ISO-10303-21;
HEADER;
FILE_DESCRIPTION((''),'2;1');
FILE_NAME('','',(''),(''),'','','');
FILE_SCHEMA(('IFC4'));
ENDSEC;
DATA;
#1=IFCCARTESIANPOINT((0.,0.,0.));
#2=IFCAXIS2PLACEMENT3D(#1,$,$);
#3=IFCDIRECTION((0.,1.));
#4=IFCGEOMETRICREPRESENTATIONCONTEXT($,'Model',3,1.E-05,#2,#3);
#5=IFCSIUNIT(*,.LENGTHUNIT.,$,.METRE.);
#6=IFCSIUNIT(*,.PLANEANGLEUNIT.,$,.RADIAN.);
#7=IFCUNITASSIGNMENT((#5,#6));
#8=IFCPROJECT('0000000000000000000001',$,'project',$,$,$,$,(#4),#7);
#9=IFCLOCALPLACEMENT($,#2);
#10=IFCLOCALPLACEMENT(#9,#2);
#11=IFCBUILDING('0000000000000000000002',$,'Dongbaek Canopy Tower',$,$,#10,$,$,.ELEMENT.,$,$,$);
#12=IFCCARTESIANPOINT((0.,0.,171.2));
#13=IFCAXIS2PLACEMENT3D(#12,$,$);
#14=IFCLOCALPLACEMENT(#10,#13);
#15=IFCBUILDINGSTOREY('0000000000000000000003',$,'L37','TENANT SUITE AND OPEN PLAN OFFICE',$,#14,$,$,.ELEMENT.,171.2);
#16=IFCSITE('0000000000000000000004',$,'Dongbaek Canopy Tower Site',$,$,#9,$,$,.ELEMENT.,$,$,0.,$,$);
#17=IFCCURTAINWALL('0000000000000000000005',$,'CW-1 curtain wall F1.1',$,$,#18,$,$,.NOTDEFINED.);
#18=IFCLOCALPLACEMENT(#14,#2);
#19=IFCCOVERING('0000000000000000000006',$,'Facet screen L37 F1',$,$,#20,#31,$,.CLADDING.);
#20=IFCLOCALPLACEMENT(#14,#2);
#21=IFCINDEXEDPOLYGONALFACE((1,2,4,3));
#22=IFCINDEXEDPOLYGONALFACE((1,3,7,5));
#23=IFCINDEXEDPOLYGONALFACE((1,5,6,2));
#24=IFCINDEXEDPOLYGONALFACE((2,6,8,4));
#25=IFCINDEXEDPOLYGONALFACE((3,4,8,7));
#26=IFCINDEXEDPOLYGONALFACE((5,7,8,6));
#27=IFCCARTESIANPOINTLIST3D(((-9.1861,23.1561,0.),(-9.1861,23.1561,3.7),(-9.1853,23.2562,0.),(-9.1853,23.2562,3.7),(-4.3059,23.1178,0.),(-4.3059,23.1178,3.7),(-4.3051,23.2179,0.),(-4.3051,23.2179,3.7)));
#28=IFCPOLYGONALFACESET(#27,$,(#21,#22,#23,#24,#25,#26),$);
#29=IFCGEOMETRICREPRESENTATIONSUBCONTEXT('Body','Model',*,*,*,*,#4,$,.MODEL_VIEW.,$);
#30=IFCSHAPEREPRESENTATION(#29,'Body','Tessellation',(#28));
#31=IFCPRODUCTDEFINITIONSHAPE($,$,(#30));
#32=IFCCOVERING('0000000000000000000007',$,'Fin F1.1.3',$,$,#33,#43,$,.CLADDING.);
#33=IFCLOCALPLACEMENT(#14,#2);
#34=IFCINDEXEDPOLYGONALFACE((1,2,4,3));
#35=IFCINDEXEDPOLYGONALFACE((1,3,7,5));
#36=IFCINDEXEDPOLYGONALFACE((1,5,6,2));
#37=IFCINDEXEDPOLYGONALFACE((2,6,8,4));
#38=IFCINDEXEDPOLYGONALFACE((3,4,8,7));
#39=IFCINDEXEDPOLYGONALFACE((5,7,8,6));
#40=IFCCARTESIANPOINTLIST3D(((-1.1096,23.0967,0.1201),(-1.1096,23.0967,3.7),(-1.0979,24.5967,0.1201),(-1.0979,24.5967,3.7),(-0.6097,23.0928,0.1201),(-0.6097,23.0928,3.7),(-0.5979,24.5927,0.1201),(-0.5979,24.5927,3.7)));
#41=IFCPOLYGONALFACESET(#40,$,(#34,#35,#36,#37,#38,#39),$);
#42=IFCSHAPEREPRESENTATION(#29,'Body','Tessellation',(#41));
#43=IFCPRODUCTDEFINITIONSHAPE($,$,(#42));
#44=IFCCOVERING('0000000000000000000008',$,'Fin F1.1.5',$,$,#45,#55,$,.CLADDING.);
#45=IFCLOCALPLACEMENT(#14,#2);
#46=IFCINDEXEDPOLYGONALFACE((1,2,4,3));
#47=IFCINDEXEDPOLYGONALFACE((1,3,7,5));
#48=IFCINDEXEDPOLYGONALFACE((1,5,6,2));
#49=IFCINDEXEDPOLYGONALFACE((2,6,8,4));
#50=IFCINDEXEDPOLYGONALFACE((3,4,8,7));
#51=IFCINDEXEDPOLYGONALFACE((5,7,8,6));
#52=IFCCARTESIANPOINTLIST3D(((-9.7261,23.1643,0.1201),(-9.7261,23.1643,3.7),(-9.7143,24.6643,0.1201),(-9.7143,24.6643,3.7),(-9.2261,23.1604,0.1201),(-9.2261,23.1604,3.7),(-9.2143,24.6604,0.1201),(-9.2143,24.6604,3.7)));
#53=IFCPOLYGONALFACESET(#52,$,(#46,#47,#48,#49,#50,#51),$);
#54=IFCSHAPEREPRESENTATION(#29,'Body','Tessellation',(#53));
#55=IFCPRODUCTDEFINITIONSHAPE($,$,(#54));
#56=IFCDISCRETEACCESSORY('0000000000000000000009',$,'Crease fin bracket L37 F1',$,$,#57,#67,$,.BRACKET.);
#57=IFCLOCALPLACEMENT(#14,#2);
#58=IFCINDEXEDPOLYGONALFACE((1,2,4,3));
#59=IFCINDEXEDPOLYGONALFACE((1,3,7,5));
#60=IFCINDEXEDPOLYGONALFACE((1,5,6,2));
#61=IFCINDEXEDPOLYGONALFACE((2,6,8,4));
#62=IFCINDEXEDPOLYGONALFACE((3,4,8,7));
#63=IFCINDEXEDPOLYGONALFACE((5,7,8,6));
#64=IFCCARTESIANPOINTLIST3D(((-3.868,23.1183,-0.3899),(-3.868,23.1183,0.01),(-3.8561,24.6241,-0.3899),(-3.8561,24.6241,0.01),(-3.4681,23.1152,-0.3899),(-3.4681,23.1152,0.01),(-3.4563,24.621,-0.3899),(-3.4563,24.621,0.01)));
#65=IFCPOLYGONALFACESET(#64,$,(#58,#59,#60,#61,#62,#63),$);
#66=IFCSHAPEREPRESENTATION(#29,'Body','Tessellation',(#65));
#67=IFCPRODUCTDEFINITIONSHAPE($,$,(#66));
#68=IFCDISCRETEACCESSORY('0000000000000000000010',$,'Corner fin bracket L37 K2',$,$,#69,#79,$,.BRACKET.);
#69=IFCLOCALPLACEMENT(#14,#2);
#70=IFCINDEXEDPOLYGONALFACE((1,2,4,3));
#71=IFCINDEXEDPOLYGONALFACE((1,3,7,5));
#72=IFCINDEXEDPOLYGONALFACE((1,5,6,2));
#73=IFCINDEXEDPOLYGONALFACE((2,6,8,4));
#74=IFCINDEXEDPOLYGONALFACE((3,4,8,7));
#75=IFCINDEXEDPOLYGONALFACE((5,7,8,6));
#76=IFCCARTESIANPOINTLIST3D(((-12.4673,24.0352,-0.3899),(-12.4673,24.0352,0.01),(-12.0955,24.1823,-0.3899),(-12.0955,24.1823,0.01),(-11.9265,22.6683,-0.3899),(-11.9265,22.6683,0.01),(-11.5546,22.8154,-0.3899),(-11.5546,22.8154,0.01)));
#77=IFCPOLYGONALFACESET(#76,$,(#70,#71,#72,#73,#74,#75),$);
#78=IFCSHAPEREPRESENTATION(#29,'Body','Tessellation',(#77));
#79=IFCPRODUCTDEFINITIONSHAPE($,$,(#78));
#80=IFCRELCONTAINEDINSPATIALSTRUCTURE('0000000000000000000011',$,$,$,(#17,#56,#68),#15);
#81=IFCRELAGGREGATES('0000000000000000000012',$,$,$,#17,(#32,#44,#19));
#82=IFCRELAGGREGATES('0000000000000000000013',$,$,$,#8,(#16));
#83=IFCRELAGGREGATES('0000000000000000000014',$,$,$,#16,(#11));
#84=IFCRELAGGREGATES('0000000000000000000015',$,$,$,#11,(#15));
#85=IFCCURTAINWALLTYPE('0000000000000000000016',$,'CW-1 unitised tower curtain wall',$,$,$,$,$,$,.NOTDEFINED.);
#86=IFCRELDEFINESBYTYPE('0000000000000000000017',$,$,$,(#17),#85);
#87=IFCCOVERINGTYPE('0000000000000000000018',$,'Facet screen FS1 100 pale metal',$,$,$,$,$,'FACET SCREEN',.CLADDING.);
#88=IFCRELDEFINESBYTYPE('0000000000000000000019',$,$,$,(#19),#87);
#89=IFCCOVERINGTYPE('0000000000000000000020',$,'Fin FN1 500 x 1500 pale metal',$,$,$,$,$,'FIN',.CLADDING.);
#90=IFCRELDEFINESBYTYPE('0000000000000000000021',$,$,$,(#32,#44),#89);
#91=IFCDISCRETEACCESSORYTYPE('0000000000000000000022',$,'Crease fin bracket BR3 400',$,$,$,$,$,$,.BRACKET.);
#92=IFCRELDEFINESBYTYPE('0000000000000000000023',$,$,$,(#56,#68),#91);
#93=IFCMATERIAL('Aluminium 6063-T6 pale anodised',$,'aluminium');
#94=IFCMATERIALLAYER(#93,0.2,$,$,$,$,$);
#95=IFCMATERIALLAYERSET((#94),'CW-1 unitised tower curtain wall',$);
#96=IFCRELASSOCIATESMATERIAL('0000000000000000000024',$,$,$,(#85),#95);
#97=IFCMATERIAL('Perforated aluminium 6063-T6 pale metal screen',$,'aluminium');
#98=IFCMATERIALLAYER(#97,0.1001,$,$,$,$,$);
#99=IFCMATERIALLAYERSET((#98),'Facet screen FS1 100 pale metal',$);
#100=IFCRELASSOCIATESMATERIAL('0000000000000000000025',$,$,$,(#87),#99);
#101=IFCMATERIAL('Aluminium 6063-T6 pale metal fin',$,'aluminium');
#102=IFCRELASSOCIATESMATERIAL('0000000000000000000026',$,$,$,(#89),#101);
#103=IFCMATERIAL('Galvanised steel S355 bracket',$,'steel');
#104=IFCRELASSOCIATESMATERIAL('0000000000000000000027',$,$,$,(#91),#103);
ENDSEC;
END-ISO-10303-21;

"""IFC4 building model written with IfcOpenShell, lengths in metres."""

from ifc_helpers import new_model, si_unit, direction, frame, origin, origin_2d, place, context, subcontext, project, spatial, rectangle, extrude, material, layer, layer_set, material_profile, profile_set, type_object, element, aggregate, save


model = new_model("IFC4")

# Units and contexts
model_context = context("Model", 3, precision=1e-05, world=origin(), true_north=direction((0.0, 1.0)))
body_context = subcontext(model_context, "Body", "Model", "MODEL_VIEW")
ifc_project = project(units=[si_unit("LENGTHUNIT", "METRE"), si_unit("PLANEANGLEUNIT", "RADIAN")], contexts=[model_context])

# Site, building, storey
site_placement = place(None, origin())
site = spatial("IfcSite", under=ifc_project, at=site_placement, Name="Dongbaek Canopy Tower Site", CompositionType="ELEMENT", RefElevation=0.0)
building_placement = place(site_placement, origin())
building = spatial("IfcBuilding", under=site, at=building_placement, Name="Dongbaek Canopy Tower", CompositionType="ELEMENT")
storey_placement = place(building_placement, frame((0.0, 0.0, 171.2)))
storey = spatial("IfcBuildingStorey", under=building, at=storey_placement, Name="L37", Description="TENANT SUITE AND OPEN PLAN OFFICE", CompositionType="ELEMENT", Elevation=171.2)

# Curtain wall
ifc_material_1 = material(Name="Aluminium 6063-T6 pale anodised", Category="aluminium")
ifc_layer_1 = layer(ifc_material_1, 0.2)
ifc_layer_set_1 = layer_set([ifc_layer_1], Name="CW-1 unitised tower curtain wall")
curtain_wall_type = type_object("IfcCurtainWallType", Name="CW-1 unitised tower curtain wall", PredefinedType="NOTDEFINED", material=ifc_layer_set_1)
curtain_wall_1_placement = place(storey_placement, origin())
curtain_wall_1 = element("IfcCurtainWall", 1, at=curtain_wall_1_placement, inside=storey, type_object=curtain_wall_type, Name="CW-1 curtain wall F1.1", PredefinedType="NOTDEFINED")

# Coverings
ifc_material_2 = material(Name="Perforated aluminium 6063-T6 pale metal screen", Category="aluminium")
ifc_layer_2 = layer(ifc_material_2, 0.1001)
ifc_layer_set_2 = layer_set([ifc_layer_2], Name="Facet screen FS1 100 pale metal")
covering_type_1 = type_object("IfcCoveringType", Name="Facet screen FS1 100 pale metal", ElementType="FACET SCREEN", PredefinedType="CLADDING", material=ifc_layer_set_2)
covering_1_placement = place(storey_placement, frame((-6.7456, 23.187, 0.0), z_axis=(0.0, 0.0, 1.0), x_axis=(-0.999969, 0.007847, 0.0)))
covering_1 = element("IfcCovering", 2, at=covering_1_placement, type_object=covering_type_1, Name="Facet screen L37 F1", PredefinedType="CLADDING", context=body_context, shape_type="SweptSolid", body=[
    extrude(rectangle(XDim=4.8804, YDim=0.1001, at=origin_2d()), origin(), (0.0, 0.0, 1.0), 3.7),
])
ifc_material_3 = material(Name="Aluminium 6063-T6 pale metal fin", Category="aluminium")
ifc_material_profile_1 = material_profile(ifc_material_3, rectangle(XDim=1.5, YDim=0.5, at=origin_2d()), Name="Fin FN1 500 x 1500 pale metal")
ifc_profile_set_1 = profile_set([ifc_material_profile_1], Name="Aluminium 6063-T6 pale metal fin")
covering_type_2 = type_object("IfcCoveringType", Name="Fin FN1 500 x 1500 pale metal", ElementType="FIN", PredefinedType="CLADDING", material=ifc_profile_set_1)
covering_2_placement = place(storey_placement, frame((-0.8538, 23.8447, 0.1201), z_axis=(0.0, 0.0, 1.0), x_axis=(0.007847, 0.999969, 0.0)))
covering_2 = element("IfcCovering", 3, at=covering_2_placement, type_object=covering_type_2, Name="Fin F1.1.3", PredefinedType="CLADDING", context=body_context, shape_type="SweptSolid", body=[
    extrude(rectangle(XDim=1.5, YDim=0.5, at=origin_2d()), origin(), (0.0, 0.0, 1.0), 3.5798),
])
covering_3_placement = place(storey_placement, frame((-9.4702, 23.9124, 0.1201), z_axis=(0.0, 0.0, 1.0), x_axis=(0.007847, 0.999969, 0.0)))
covering_3 = element("IfcCovering", 4, at=covering_3_placement, type_object=covering_type_2, Name="Fin F1.1.5", PredefinedType="CLADDING", context=body_context, shape_type="SweptSolid", body=[
    extrude(rectangle(XDim=1.5, YDim=0.5, at=origin_2d()), origin(), (0.0, 0.0, 1.0), 3.5798),
])
aggregate(curtain_wall_1, [covering_2, covering_3, covering_1])

# Discrete accessories
ifc_material_4 = material(Name="Galvanised steel S355 bracket", Category="steel")
discrete_accessory_type = type_object("IfcDiscreteAccessoryType", Name="Crease fin bracket BR3 400", PredefinedType="BRACKET", material=ifc_material_4)
discrete_accessory_1_placement = place(storey_placement, frame((-3.6621, 23.8696, -0.3899), z_axis=(0.0, 0.0, 1.0), x_axis=(0.007847, 0.999969, 0.0)))
element("IfcDiscreteAccessory", 5, at=discrete_accessory_1_placement, inside=storey, type_object=discrete_accessory_type, Name="Crease fin bracket L37 F1", PredefinedType="BRACKET", context=body_context, shape_type="SweptSolid", body=[
    extrude(rectangle(XDim=1.5059, YDim=0.3999, at=origin_2d()), origin(), (0.0, 0.0, 1.0), 0.3999),
])
discrete_accessory_2_placement = place(storey_placement, frame((-12.011, 23.4253, -0.3899), z_axis=(0.0, 0.0, 1.0), x_axis=(-0.367936, 0.929851, 0.0)))
element("IfcDiscreteAccessory", 6, at=discrete_accessory_2_placement, inside=storey, type_object=discrete_accessory_type, Name="Corner fin bracket L37 K2", PredefinedType="BRACKET", context=body_context, shape_type="SweptSolid", body=[
    extrude(rectangle(XDim=1.47, YDim=0.3999, at=origin_2d()), origin(), (0.0, 0.0, 1.0), 0.3999),
])

save(model, "model.ifc")
